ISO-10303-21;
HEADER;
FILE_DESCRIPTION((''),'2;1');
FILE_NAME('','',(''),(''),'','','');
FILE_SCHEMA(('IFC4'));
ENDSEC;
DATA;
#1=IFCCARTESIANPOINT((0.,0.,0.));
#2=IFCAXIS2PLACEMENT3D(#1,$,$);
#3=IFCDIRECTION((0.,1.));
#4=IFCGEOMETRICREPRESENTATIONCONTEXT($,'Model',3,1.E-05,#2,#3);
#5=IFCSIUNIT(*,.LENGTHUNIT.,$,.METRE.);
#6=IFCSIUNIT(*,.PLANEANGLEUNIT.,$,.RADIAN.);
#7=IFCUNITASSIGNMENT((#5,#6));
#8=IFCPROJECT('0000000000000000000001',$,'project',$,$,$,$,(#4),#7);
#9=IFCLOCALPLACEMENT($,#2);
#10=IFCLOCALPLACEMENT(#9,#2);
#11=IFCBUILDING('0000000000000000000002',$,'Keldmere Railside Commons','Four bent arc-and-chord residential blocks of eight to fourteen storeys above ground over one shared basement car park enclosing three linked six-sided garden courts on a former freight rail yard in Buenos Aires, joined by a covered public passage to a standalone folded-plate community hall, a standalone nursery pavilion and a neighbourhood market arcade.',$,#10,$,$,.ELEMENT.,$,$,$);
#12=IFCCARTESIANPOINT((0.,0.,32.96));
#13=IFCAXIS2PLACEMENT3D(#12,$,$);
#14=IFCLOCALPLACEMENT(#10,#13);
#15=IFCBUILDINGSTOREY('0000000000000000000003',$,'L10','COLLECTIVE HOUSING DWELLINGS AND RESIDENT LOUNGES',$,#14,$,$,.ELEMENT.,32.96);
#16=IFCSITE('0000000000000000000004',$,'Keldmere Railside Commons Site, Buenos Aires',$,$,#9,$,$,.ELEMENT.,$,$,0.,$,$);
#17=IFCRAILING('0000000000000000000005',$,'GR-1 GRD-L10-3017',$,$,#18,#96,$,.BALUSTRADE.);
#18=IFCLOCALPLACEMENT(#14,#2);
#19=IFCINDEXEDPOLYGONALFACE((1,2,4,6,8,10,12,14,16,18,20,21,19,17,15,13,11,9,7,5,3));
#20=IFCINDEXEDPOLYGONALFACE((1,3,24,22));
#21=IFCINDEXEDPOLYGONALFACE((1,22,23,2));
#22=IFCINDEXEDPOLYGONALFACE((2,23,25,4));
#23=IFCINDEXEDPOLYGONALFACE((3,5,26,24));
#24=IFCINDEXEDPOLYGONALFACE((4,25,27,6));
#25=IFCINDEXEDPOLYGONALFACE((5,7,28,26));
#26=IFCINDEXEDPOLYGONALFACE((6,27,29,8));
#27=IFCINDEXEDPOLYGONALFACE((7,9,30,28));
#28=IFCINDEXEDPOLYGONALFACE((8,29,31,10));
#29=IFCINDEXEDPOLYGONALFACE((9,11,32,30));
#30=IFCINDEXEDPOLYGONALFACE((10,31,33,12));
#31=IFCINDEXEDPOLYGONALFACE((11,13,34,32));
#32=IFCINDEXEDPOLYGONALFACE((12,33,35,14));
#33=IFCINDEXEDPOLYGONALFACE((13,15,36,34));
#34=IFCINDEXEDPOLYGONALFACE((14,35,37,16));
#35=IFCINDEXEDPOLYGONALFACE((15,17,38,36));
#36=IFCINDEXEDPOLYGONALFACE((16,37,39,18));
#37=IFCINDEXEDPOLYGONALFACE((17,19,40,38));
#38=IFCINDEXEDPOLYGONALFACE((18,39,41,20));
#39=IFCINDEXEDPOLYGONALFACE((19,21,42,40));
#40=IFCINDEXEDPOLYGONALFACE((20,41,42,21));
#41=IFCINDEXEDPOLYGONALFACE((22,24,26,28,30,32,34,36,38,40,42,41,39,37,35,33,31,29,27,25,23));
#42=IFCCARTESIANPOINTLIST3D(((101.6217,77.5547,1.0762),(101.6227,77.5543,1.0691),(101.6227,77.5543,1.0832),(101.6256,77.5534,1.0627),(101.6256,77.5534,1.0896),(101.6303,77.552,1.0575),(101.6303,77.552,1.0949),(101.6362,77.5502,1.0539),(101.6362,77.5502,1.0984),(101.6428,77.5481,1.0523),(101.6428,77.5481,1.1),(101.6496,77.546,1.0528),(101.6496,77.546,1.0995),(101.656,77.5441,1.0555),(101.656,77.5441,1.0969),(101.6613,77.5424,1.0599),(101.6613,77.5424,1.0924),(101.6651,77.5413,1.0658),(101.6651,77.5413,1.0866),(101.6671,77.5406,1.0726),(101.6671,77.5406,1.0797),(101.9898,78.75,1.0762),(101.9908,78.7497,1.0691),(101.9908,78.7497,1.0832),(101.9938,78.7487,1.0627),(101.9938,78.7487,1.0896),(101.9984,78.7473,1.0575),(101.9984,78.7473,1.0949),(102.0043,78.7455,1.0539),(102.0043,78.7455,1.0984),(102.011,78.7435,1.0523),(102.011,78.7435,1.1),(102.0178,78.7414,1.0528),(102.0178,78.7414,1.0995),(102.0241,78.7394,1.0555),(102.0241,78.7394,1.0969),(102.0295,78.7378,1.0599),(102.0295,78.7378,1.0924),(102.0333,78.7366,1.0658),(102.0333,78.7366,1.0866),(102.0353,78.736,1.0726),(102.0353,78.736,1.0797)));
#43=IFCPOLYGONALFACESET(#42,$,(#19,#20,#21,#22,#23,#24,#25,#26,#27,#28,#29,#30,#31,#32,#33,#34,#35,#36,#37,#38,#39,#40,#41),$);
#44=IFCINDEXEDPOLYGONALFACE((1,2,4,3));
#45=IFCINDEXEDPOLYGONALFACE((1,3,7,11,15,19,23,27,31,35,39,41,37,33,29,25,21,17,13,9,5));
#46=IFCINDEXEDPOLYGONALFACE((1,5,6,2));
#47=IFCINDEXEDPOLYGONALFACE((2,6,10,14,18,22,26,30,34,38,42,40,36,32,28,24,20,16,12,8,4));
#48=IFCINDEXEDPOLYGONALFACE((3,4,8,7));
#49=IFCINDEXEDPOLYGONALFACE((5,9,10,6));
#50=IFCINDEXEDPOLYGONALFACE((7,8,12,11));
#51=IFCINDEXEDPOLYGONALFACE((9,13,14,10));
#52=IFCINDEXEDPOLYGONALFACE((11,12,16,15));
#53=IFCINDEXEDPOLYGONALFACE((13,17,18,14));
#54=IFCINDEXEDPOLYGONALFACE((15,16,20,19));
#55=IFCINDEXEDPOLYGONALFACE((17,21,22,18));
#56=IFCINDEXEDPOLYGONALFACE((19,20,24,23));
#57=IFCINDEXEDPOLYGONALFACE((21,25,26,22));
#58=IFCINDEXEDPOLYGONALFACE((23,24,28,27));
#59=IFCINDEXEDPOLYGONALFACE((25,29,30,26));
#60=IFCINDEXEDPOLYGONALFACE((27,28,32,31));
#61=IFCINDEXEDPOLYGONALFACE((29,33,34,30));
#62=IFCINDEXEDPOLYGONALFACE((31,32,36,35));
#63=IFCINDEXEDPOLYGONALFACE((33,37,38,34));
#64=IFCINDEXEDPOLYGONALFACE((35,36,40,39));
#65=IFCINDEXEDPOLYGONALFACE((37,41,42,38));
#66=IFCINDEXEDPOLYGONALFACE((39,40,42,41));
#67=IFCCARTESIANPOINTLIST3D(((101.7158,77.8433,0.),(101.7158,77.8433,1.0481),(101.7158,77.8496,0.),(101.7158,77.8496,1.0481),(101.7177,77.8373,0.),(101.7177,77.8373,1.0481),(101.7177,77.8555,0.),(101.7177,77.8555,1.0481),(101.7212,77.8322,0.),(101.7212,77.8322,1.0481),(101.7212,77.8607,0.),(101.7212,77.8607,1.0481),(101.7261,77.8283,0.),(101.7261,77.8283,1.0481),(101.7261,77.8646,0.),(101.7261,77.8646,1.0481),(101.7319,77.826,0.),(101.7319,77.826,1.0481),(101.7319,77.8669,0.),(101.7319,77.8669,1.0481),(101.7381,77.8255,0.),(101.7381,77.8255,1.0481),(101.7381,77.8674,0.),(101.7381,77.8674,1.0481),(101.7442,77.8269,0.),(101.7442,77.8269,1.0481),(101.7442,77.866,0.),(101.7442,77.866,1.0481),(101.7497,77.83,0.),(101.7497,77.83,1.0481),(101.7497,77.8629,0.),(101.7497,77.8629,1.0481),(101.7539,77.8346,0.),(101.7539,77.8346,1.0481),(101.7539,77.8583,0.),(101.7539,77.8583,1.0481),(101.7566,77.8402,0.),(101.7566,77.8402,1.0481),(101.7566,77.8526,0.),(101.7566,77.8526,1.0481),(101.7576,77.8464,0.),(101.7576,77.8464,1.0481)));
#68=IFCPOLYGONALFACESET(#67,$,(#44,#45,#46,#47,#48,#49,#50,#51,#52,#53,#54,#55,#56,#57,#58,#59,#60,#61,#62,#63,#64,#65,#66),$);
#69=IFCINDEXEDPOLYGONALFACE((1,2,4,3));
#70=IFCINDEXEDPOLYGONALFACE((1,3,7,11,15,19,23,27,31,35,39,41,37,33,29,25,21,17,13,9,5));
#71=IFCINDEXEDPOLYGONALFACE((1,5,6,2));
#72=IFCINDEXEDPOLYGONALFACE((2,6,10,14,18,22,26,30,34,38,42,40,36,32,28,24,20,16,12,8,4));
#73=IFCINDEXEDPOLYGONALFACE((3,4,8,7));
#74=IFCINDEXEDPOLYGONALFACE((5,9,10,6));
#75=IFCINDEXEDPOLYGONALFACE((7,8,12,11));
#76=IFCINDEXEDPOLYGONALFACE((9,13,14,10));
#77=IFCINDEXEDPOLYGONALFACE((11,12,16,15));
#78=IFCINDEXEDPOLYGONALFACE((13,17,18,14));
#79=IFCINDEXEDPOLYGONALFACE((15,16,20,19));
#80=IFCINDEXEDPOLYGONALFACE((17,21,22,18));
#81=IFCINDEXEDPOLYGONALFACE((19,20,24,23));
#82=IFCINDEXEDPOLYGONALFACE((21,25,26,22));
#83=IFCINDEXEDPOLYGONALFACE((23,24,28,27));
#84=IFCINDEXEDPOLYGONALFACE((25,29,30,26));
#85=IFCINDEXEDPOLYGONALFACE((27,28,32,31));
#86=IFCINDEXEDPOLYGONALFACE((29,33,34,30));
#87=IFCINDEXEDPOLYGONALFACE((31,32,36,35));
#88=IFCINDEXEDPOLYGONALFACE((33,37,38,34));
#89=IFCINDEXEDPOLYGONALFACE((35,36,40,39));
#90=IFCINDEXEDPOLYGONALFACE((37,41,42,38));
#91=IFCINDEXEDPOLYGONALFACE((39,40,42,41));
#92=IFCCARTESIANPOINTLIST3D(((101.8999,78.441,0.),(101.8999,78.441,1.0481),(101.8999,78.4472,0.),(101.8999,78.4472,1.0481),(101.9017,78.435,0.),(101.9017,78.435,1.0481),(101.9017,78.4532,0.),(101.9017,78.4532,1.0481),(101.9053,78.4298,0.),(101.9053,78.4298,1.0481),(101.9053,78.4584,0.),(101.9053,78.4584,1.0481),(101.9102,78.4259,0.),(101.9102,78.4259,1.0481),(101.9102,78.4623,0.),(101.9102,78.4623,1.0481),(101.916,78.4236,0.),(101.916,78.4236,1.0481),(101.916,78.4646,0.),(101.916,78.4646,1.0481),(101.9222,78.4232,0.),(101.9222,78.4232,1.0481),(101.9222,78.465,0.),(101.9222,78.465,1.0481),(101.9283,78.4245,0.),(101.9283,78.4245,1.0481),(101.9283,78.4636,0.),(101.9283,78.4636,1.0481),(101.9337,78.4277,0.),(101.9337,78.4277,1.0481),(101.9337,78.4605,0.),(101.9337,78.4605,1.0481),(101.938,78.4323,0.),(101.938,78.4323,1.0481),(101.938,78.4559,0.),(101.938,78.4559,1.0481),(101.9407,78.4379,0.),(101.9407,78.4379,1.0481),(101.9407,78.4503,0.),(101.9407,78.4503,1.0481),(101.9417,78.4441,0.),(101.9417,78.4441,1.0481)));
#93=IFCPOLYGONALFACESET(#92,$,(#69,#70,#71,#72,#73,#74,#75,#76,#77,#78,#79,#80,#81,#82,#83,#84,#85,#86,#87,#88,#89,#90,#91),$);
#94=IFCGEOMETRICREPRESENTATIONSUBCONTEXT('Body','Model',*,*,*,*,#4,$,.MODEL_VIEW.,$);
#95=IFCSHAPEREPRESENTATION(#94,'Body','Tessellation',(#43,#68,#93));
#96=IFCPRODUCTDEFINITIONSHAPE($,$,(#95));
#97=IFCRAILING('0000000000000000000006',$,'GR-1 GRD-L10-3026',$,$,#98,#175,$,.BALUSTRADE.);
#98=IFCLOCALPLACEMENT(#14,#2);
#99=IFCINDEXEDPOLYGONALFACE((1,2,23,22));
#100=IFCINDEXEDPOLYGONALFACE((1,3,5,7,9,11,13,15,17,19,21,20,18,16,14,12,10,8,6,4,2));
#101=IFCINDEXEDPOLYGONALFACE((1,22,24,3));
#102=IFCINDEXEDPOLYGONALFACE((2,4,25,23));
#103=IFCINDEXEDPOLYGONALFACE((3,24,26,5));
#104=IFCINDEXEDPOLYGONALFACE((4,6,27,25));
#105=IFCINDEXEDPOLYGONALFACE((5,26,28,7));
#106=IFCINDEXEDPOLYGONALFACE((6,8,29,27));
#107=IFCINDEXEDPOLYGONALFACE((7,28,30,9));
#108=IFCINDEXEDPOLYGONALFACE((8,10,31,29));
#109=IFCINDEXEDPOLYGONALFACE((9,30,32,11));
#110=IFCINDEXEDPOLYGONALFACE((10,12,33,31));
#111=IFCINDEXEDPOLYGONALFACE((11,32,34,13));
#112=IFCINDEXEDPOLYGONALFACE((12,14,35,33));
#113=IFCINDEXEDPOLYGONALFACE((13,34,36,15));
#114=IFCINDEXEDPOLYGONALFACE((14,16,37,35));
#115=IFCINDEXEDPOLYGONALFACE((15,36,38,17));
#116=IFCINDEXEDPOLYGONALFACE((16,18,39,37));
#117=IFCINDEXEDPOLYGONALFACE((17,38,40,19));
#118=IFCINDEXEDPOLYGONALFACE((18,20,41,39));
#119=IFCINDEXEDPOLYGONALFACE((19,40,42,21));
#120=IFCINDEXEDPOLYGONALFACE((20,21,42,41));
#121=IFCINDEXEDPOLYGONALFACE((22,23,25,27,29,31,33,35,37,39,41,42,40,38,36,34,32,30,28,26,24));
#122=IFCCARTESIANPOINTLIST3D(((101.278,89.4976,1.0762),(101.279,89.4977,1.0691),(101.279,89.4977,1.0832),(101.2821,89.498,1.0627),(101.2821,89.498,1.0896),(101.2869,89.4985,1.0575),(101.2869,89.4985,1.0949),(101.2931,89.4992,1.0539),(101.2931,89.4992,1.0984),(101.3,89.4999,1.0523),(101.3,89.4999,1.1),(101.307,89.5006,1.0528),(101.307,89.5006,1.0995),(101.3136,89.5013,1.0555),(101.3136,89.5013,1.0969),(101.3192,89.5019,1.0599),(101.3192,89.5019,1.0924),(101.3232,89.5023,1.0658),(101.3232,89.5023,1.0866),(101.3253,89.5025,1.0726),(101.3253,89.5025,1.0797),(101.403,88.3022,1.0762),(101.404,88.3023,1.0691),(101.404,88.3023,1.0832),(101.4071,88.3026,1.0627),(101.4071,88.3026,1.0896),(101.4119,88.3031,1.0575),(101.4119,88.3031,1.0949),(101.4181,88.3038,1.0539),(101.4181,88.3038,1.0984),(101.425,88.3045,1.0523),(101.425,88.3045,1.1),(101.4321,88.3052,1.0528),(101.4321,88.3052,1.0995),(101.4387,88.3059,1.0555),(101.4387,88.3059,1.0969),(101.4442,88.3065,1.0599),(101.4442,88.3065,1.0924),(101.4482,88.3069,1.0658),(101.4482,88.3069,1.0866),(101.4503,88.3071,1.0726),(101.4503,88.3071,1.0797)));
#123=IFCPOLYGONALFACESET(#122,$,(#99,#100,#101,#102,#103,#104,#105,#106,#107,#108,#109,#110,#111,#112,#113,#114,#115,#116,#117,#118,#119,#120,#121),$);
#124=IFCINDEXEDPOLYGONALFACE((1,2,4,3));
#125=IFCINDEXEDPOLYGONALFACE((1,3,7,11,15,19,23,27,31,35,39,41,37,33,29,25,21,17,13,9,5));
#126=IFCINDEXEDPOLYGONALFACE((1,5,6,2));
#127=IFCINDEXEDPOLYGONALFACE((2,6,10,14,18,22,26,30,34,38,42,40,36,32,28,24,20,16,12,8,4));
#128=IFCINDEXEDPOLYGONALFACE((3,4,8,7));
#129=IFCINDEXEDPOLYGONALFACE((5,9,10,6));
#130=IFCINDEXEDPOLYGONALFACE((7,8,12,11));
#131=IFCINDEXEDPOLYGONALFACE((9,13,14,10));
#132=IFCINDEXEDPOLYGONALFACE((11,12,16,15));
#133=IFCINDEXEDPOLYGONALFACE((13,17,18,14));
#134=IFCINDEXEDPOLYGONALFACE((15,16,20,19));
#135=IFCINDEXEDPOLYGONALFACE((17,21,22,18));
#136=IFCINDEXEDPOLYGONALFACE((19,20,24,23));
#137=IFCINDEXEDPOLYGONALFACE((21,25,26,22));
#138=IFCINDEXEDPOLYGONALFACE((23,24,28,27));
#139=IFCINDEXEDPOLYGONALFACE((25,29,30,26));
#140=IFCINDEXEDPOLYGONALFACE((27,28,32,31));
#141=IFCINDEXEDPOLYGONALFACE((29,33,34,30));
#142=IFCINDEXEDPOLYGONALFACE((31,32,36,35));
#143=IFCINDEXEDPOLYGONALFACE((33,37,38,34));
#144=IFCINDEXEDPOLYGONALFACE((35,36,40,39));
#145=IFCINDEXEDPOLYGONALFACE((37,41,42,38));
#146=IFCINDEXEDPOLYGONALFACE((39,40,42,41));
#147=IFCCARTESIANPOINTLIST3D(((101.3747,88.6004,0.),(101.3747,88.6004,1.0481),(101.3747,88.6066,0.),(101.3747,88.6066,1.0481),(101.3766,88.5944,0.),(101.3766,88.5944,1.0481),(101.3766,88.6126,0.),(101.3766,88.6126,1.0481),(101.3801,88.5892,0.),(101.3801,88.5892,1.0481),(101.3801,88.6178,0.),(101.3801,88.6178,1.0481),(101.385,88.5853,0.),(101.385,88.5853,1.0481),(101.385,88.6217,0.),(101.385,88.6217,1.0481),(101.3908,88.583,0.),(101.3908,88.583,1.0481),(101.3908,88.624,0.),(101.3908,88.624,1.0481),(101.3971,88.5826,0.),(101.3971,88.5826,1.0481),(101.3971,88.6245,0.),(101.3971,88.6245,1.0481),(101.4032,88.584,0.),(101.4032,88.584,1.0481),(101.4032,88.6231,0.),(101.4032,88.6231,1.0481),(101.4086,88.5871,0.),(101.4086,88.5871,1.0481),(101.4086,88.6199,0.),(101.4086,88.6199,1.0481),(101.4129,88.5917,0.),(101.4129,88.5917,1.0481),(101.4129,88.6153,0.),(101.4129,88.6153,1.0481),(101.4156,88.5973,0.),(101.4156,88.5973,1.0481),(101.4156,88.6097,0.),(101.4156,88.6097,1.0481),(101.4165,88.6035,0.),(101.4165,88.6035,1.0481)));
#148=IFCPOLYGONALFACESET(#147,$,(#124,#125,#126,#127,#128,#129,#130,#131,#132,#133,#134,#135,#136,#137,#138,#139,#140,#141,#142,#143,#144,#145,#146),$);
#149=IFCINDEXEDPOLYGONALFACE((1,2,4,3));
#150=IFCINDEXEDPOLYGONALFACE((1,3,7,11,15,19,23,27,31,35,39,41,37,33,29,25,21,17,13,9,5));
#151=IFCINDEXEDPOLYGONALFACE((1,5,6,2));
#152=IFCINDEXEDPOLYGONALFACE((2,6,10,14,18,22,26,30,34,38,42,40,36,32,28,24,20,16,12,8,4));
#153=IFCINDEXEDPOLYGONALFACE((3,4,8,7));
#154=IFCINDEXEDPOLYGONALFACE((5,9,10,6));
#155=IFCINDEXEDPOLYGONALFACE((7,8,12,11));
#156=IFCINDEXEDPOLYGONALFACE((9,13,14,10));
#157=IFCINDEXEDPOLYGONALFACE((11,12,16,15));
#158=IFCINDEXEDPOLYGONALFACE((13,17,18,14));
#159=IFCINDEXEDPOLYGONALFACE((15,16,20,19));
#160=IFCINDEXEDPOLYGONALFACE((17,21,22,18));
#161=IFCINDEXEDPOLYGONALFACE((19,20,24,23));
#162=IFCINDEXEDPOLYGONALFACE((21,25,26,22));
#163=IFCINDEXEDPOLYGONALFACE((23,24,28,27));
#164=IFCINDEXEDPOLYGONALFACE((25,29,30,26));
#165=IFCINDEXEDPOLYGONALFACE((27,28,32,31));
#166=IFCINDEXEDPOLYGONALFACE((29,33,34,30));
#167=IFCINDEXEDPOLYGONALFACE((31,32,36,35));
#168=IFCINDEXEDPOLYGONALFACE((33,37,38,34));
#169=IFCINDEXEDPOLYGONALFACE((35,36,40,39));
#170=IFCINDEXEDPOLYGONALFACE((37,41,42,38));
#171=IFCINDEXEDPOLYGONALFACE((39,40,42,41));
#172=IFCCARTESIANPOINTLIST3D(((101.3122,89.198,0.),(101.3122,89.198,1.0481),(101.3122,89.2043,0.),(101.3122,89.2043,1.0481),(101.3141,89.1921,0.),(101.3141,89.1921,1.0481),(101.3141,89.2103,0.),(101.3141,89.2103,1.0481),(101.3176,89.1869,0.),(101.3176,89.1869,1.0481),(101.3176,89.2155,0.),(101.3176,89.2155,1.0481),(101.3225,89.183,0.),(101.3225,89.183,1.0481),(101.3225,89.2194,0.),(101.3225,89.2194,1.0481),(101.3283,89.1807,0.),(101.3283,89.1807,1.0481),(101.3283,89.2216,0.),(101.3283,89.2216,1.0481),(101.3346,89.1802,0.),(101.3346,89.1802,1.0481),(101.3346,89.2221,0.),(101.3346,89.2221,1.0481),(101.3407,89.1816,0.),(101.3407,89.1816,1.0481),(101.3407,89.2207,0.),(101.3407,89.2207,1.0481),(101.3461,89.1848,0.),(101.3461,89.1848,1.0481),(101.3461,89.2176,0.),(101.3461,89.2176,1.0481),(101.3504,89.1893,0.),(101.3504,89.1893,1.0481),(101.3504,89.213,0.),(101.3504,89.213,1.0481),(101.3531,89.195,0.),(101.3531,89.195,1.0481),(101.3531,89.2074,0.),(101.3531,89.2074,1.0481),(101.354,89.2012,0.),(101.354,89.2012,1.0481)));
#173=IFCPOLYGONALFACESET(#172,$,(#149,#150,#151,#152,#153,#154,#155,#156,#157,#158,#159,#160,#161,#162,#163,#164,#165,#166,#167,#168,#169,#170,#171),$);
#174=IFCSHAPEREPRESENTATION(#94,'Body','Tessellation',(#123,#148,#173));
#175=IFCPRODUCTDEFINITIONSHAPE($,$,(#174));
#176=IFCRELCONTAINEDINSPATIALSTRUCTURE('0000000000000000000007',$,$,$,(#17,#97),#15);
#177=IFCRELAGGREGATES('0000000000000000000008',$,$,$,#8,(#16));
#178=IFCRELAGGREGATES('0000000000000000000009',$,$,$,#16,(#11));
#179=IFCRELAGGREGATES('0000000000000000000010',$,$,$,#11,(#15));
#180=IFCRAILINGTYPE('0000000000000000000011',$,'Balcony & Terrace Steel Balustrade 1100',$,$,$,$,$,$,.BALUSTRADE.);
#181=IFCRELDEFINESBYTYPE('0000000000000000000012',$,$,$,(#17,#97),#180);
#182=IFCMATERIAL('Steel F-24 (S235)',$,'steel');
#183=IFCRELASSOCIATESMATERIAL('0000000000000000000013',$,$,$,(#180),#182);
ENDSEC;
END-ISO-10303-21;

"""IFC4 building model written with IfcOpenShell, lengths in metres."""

from ifc_helpers import new_model, si_unit, direction, frame, origin, origin_2d, place, context, subcontext, project, spatial, circle, extrude, material, type_object, element, save


model = new_model("IFC4")

# Units and contexts
model_context = context("Model", 3, precision=1e-05, world=origin(), true_north=direction((0.0, 1.0)))
body_context = subcontext(model_context, "Body", "Model", "MODEL_VIEW")
ifc_project = project(units=[si_unit("LENGTHUNIT", "METRE"), si_unit("PLANEANGLEUNIT", "RADIAN")], contexts=[model_context])

# Site, building, storey
site_placement = place(None, origin())
site = spatial("IfcSite", under=ifc_project, at=site_placement, Name="Keldmere Railside Commons Site, Buenos Aires", CompositionType="ELEMENT", RefElevation=0.0)
building_placement = place(site_placement, origin())
building = spatial("IfcBuilding", under=site, at=building_placement, Name="Keldmere Railside Commons", Description="Four bent arc-and-chord residential blocks of eight to fourteen storeys above ground over one shared basement car park enclosing three linked six-sided garden courts on a former freight rail yard in Buenos Aires, joined by a covered public passage to a standalone folded-plate community hall, a standalone nursery pavilion and a neighbourhood market arcade.", CompositionType="ELEMENT")
storey_placement = place(building_placement, frame((0.0, 0.0, 32.96)))
storey = spatial("IfcBuildingStorey", under=building, at=storey_placement, Name="L10", Description="COLLECTIVE HOUSING DWELLINGS AND RESIDENT LOUNGES", CompositionType="ELEMENT", Elevation=32.96)

# Railings
ifc_material_1 = material(Name="Steel F-24 (S235)", Category="steel")
railing_type = type_object("IfcRailingType", Name="Balcony & Terrace Steel Balustrade 1100", PredefinedType="BALUSTRADE", material=ifc_material_1)
railing_1_placement = place(storey_placement, frame((101.6445, 77.5476, 0.0)))
element("IfcRailing", 1, at=railing_1_placement, inside=storey, type_object=railing_type, Name="GR-1 GRD-L10-3017", PredefinedType="BALUSTRADE", context=body_context, shape_type="SweptSolid", body=[
    extrude(circle(Radius=0.0239, at=origin_2d()), frame((0.0, 0.0, 1.0762), z_axis=(0.29436, 0.955695, 0.0), x_axis=(-0.955695, 0.29436, 0.0)), (0.0, 0.0, 1.0), 1.2507),
    extrude(circle(Radius=0.021, at=origin_2d()), frame((0.092, 0.2988, 0.0)), (0.0, 0.0, 1.0), 1.0481),
    extrude(circle(Radius=0.021, at=origin_2d()), frame((0.2761, 0.8965, 0.0)), (0.0, 0.0, 1.0), 1.0481),
])
railing_2_placement = place(storey_placement, frame((101.4268, 88.3047, 0.0)))
element("IfcRailing", 2, at=railing_2_placement, inside=storey, type_object=railing_type, Name="GR-1 GRD-L10-3026", PredefinedType="BALUSTRADE", context=body_context, shape_type="SweptSolid", body=[
    extrude(circle(Radius=0.0239, at=origin_2d()), frame((0.0, 0.0, 1.0762), z_axis=(-0.104008, 0.994576, 0.0), x_axis=(-0.994576, -0.104008, 0.0)), (0.0, 0.0, 1.0), 1.2019),
    extrude(circle(Radius=0.021, at=origin_2d()), frame((-0.0312, 0.2988, 0.0)), (0.0, 0.0, 1.0), 1.0481),
    extrude(circle(Radius=0.021, at=origin_2d()), frame((-0.0938, 0.8965, 0.0)), (0.0, 0.0, 1.0), 1.0481),
])

save(model, "model.ifc")
